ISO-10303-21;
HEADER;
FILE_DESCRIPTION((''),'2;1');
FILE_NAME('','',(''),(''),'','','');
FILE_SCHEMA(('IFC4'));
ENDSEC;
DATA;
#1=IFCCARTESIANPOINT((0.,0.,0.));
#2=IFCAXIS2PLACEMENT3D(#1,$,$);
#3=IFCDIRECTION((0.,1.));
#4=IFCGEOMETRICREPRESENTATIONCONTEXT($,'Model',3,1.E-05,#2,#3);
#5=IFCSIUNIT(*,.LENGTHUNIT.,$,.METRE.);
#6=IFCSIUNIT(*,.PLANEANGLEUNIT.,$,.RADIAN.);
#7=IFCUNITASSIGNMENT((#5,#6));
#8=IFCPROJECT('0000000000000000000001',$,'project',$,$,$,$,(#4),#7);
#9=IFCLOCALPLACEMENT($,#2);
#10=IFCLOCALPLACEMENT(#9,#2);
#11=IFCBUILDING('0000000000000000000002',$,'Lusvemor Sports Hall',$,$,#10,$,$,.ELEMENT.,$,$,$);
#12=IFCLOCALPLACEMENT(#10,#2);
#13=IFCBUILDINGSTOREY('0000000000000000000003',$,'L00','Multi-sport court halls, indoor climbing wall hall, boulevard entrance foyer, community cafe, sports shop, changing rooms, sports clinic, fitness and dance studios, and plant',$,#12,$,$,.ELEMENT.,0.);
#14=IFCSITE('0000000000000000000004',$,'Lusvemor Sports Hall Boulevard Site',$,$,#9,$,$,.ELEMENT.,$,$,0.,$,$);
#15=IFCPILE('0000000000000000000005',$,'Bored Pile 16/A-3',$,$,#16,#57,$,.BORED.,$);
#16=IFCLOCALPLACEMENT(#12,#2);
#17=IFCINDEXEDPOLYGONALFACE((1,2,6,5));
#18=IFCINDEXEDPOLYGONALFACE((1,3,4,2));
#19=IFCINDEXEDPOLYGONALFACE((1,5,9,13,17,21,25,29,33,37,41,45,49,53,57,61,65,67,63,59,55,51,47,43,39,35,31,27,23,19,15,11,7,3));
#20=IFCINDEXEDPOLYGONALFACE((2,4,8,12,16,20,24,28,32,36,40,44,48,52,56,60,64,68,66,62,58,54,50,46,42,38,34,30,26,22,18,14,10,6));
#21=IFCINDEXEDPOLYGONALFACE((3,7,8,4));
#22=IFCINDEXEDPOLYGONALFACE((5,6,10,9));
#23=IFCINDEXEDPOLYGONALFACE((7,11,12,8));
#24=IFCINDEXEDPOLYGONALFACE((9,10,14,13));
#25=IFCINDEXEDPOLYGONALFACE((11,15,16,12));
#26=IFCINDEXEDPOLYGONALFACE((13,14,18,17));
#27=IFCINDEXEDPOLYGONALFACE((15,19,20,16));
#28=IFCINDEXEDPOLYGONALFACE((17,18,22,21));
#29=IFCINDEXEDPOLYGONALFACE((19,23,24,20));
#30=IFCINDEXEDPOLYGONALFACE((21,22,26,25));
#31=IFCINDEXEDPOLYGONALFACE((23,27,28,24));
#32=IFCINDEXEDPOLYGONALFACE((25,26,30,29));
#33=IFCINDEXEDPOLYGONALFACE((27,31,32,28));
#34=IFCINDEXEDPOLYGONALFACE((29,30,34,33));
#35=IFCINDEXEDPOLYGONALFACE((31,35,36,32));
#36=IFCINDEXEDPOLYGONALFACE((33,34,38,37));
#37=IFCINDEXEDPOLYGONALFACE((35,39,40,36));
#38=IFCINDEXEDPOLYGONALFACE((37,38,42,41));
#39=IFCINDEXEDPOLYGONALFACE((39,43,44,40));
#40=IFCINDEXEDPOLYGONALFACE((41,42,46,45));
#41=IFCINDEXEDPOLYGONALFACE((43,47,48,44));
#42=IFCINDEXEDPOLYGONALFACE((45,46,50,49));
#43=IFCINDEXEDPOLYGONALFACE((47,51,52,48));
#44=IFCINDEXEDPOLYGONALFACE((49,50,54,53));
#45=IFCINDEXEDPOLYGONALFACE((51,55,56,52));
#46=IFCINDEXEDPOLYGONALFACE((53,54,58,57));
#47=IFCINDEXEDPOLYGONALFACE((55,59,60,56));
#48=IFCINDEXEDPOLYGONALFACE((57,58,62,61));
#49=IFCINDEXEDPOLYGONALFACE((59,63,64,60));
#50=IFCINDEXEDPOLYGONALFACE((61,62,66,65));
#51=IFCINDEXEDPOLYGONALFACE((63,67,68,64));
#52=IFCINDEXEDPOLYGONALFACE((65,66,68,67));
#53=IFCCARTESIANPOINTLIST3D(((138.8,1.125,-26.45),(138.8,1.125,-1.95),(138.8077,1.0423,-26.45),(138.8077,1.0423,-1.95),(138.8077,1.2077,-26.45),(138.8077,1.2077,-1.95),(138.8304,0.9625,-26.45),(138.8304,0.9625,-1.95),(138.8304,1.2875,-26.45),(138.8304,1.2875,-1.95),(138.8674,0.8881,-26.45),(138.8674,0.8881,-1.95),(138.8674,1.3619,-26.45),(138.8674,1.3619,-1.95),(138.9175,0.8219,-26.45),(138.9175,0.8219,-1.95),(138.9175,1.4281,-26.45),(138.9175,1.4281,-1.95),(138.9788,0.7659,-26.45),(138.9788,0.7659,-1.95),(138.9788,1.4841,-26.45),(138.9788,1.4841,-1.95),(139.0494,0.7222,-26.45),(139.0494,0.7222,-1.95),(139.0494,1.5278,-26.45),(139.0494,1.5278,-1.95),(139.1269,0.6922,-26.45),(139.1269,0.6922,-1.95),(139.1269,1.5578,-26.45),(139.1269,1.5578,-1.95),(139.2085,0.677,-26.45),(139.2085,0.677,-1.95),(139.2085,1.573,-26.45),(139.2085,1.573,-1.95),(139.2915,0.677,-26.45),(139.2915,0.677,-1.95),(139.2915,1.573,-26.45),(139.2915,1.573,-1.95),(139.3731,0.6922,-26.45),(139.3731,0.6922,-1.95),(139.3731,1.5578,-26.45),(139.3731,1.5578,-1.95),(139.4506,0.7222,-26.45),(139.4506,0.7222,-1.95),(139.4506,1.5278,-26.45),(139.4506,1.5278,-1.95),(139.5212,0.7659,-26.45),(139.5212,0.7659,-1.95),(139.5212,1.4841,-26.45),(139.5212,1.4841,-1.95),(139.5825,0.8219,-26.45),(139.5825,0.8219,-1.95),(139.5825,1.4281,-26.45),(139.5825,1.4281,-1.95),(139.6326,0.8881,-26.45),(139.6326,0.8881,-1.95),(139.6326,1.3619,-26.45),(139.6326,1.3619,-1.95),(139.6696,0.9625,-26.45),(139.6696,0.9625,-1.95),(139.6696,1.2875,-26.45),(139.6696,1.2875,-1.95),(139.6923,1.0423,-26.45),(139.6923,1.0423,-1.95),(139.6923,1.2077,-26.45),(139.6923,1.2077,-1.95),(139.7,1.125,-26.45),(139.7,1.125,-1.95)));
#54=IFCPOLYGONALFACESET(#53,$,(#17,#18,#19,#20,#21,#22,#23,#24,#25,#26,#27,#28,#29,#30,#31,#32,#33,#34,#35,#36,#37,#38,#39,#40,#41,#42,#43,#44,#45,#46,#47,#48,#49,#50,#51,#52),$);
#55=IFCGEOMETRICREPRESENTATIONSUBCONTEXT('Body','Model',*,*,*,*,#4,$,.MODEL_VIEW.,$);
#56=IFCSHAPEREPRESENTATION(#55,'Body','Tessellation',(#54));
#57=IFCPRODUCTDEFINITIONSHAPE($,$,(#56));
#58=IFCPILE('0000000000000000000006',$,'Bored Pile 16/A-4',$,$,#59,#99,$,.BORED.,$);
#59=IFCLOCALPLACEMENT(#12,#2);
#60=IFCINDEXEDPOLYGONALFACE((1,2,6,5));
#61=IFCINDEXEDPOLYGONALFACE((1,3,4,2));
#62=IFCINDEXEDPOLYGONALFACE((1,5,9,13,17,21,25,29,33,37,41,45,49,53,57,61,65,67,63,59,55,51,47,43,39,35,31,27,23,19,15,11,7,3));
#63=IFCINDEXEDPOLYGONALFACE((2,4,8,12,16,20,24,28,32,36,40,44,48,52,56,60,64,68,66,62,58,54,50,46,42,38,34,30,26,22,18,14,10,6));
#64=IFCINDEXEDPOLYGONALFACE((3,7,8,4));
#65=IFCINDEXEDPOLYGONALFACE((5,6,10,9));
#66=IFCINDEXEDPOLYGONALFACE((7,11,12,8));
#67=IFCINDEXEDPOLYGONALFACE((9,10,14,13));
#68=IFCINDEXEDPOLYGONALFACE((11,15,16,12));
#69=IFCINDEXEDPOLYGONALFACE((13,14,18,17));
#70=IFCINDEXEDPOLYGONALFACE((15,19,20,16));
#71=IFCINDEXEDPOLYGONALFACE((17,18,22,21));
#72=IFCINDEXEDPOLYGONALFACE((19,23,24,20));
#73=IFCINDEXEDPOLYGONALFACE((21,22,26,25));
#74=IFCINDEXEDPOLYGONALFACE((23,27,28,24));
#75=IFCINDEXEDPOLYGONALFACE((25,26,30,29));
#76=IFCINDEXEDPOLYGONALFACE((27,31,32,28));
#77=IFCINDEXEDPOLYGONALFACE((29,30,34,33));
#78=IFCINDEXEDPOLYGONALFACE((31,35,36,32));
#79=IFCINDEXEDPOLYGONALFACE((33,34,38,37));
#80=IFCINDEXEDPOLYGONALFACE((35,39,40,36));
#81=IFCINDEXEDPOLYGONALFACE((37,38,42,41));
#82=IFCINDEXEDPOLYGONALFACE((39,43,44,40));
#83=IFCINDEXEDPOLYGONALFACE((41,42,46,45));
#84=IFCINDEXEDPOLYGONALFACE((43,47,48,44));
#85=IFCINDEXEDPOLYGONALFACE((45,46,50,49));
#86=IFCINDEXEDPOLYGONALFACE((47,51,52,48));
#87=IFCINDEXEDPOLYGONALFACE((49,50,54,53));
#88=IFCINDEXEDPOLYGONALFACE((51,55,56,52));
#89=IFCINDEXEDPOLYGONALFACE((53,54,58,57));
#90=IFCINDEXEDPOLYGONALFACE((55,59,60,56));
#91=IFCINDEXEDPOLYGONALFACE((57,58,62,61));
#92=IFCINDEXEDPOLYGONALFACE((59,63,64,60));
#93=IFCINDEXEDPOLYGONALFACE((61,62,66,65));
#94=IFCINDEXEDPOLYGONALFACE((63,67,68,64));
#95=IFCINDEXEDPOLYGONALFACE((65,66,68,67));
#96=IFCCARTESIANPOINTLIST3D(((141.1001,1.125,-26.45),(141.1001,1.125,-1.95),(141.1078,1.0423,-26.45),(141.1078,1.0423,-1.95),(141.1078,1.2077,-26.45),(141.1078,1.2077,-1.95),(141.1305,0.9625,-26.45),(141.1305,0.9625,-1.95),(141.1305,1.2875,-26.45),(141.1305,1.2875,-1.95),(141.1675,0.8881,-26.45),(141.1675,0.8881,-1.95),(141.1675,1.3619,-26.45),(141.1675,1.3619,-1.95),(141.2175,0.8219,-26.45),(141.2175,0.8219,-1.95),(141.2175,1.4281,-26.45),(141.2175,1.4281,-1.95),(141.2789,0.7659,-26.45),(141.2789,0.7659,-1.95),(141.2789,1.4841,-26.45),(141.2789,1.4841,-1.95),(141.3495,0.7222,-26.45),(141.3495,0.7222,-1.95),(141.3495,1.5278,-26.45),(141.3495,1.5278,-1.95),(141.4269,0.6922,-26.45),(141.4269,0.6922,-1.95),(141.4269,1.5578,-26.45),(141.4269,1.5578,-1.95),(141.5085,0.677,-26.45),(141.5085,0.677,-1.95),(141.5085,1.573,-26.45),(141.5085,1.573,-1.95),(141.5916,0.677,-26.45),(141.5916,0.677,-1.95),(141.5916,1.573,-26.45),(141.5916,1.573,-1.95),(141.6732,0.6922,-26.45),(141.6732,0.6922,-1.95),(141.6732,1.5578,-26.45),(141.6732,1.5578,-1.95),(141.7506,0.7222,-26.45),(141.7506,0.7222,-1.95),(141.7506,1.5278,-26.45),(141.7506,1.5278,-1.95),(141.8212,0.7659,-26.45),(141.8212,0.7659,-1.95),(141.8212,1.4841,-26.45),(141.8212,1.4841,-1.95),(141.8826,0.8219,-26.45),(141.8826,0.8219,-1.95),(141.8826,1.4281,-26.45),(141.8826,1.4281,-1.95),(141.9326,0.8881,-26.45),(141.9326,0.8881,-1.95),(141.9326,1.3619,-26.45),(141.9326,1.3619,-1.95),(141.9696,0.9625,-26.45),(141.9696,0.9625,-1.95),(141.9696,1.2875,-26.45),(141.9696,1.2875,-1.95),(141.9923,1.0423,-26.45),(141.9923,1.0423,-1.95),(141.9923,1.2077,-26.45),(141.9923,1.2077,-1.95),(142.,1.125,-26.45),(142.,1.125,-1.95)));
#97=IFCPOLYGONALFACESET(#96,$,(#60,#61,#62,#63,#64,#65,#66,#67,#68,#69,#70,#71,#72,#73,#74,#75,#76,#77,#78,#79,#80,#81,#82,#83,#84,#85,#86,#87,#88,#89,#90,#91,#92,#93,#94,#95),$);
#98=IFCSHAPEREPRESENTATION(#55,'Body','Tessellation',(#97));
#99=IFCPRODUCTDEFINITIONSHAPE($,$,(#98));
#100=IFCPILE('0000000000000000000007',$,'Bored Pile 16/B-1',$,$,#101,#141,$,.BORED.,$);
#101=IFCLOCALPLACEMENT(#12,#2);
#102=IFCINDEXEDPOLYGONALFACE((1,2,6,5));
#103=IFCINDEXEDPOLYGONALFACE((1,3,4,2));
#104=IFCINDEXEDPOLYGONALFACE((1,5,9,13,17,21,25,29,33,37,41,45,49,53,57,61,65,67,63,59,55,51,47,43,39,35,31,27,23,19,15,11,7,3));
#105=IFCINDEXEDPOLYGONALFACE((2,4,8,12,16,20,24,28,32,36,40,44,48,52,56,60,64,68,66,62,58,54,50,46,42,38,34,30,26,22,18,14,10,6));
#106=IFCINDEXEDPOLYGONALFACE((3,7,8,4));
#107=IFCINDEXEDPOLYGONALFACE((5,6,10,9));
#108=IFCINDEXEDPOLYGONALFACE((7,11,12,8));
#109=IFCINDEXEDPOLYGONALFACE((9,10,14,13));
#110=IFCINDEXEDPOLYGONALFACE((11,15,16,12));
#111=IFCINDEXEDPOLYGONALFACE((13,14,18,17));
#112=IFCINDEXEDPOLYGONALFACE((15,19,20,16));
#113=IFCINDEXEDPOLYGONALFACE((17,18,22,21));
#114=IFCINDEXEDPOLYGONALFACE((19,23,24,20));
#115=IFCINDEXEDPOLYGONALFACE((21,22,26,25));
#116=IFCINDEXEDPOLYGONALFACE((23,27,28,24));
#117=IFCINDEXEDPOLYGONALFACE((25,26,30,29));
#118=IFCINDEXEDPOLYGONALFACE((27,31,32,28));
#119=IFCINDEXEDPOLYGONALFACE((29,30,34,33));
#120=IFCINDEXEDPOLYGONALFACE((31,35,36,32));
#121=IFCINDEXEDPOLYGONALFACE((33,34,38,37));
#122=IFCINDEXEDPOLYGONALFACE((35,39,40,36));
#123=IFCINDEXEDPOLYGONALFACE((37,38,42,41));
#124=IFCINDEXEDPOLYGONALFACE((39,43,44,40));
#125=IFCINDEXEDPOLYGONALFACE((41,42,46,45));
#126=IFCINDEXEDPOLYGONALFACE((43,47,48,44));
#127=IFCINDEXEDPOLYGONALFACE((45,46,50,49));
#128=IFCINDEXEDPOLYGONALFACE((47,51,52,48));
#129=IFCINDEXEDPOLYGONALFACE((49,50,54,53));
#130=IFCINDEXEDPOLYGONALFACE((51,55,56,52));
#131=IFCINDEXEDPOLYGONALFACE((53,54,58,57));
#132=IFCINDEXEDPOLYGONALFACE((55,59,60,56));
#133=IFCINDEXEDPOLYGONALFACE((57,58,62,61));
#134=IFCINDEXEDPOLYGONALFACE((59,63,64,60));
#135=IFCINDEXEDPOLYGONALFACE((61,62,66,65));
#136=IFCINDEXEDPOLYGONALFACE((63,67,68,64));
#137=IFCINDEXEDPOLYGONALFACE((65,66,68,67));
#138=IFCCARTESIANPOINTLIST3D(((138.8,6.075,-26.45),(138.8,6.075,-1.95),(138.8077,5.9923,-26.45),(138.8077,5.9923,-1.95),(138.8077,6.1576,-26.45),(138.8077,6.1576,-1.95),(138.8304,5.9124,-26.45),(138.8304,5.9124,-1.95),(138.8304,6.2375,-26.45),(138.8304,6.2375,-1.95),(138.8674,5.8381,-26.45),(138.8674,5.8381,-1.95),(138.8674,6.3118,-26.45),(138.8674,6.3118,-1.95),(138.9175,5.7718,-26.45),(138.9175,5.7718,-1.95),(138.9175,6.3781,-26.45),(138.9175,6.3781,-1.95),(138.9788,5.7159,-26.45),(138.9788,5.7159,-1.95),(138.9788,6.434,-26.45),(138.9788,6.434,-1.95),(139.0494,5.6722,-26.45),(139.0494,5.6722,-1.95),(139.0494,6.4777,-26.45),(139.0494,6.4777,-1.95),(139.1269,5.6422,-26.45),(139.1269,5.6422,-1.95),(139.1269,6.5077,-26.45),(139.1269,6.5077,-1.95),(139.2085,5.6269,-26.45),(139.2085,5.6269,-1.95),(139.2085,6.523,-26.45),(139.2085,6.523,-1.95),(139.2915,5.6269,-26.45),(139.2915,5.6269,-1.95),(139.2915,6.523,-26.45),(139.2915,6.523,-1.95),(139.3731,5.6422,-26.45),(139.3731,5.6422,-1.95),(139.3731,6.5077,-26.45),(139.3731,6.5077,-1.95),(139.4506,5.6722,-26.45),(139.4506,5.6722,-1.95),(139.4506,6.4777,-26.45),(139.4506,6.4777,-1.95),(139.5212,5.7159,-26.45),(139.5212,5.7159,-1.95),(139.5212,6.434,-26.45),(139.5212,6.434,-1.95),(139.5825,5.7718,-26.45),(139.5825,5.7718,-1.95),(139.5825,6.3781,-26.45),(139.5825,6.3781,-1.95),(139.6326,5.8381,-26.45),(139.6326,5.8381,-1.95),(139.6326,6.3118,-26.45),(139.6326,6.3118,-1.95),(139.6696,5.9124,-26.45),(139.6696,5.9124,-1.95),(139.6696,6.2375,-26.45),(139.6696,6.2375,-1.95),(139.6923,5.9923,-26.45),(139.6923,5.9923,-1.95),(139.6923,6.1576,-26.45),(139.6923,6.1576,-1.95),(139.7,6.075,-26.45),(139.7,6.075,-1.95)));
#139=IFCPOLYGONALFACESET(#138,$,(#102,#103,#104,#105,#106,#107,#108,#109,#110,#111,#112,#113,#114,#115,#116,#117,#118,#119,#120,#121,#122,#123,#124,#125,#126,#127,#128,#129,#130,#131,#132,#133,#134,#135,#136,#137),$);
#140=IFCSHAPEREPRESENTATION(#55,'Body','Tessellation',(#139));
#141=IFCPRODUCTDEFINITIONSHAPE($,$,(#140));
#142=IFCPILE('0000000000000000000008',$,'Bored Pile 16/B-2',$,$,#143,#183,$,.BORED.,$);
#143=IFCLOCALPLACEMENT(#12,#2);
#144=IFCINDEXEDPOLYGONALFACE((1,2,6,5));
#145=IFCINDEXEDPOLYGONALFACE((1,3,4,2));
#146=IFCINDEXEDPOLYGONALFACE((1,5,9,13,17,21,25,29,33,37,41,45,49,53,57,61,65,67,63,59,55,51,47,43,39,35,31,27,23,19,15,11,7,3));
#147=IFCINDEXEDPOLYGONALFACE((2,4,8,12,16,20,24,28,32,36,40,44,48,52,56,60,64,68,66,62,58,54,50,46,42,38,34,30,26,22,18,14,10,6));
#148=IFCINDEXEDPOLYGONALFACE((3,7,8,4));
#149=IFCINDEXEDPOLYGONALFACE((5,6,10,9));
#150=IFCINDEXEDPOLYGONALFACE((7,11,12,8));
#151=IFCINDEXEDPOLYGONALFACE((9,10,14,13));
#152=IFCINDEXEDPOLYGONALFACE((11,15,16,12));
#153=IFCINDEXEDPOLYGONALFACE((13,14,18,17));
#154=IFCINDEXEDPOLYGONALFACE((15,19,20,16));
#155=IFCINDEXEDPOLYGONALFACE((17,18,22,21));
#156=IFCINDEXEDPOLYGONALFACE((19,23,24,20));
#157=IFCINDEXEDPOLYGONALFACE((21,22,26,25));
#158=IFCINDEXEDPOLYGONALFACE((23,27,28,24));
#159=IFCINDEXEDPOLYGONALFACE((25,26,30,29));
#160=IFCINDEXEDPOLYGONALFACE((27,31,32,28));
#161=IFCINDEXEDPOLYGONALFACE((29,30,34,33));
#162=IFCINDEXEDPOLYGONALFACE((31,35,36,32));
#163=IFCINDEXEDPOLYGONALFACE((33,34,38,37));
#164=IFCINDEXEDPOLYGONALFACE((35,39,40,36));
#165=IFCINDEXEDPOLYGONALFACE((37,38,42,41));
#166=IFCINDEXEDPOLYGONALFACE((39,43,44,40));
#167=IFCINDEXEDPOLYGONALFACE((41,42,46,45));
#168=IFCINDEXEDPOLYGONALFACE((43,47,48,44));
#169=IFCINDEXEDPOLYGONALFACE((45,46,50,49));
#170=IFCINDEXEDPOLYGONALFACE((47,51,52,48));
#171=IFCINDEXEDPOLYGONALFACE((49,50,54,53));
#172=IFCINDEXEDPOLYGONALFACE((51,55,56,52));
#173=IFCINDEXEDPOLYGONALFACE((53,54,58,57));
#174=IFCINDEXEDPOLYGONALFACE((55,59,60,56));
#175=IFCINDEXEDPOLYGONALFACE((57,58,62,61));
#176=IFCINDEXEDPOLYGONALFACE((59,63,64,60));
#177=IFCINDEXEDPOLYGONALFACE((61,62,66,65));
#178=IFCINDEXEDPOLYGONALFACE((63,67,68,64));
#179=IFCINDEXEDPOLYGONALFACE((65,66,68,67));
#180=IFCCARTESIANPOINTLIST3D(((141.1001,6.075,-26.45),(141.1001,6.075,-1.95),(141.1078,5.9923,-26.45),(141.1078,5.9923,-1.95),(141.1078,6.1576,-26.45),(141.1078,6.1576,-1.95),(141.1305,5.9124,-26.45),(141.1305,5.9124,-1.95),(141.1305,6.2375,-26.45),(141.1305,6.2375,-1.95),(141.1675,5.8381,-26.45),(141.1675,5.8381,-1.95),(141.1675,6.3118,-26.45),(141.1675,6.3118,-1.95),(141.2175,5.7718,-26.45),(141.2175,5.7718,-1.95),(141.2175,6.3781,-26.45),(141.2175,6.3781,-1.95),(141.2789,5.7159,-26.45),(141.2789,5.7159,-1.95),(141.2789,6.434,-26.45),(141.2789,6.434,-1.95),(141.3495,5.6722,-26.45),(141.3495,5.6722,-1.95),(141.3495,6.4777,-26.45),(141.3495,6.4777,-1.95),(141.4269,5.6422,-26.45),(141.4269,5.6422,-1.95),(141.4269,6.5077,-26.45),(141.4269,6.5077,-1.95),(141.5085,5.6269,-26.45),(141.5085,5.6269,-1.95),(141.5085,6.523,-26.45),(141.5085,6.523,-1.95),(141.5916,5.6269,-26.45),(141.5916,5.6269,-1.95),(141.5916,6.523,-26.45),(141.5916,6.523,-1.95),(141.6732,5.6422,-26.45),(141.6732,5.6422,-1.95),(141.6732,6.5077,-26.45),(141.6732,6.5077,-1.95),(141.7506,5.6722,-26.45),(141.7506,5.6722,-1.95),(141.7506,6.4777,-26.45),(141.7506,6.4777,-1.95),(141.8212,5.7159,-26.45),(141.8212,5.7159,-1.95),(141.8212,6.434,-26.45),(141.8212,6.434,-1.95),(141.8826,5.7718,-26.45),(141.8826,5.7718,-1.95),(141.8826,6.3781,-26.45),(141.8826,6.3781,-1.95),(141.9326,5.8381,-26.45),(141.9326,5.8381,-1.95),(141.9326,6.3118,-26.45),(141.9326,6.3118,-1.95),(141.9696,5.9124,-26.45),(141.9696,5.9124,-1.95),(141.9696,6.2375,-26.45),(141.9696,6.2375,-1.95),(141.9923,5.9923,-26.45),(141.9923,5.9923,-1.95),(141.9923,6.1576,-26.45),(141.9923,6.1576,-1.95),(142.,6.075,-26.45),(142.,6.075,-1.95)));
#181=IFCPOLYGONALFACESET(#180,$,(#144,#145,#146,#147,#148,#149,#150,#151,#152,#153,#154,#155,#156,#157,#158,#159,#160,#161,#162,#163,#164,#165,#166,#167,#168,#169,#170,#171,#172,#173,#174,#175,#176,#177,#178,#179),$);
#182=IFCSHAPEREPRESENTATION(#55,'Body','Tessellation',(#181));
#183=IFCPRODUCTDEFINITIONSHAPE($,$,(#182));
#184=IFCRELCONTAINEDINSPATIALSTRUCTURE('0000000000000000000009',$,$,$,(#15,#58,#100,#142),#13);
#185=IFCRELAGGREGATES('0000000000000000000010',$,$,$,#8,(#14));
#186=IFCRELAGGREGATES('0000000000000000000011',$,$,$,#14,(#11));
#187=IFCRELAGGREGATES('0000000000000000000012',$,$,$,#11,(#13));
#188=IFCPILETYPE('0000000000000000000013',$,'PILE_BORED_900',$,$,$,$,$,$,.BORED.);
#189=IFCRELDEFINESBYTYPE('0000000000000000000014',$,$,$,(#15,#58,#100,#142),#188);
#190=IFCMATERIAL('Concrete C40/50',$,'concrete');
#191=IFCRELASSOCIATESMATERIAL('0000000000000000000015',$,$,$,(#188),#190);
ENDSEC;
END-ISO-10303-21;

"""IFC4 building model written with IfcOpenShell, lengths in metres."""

from ifc_helpers import new_model, si_unit, direction, frame, origin, origin_2d, place, context, subcontext, project, spatial, circle, extrude, material, material_profile, profile_set, type_object, element, save


model = new_model("IFC4")

# Units and contexts
model_context = context("Model", 3, precision=1e-05, world=origin(), true_north=direction((0.0, 1.0)))
body_context = subcontext(model_context, "Body", "Model", "MODEL_VIEW")
ifc_project = project(units=[si_unit("LENGTHUNIT", "METRE"), si_unit("PLANEANGLEUNIT", "RADIAN")], contexts=[model_context])

# Site, building, storey
site_placement = place(None, origin())
site = spatial("IfcSite", under=ifc_project, at=site_placement, Name="Lusvemor Sports Hall Boulevard Site", CompositionType="ELEMENT", RefElevation=0.0)
building_placement = place(site_placement, origin())
building = spatial("IfcBuilding", under=site, at=building_placement, Name="Lusvemor Sports Hall", CompositionType="ELEMENT")
storey_placement = place(building_placement, origin())
storey = spatial("IfcBuildingStorey", under=building, at=storey_placement, Name="L00", Description="Multi-sport court halls, indoor climbing wall hall, boulevard entrance foyer, community cafe, sports shop, changing rooms, sports clinic, fitness and dance studios, and plant", CompositionType="ELEMENT", Elevation=0.0)

# Piles
ifc_material_1 = material(Name="Concrete C40/50", Category="concrete")
ifc_material_profile_1 = material_profile(ifc_material_1, circle(Radius=0.45, at=origin_2d()), Name="PILE900")
ifc_profile_set_1 = profile_set([ifc_material_profile_1], Name="Concrete C40/50")
pile_type = type_object("IfcPileType", Name="PILE_BORED_900", PredefinedType="BORED", material=ifc_profile_set_1)
for number, where, z_axis, x_axis, name in (
    (1, (139.25, 1.125, -1.95), (0.0, 0.0, -1.0), (1.0, 0.0, 0.0), "Bored Pile 16/A-3"),
    (2, (141.55, 1.125, -1.95), (0.0, 0.0, -1.0), (1.0, 0.0, 0.0), "Bored Pile 16/A-4"),
    (3, (139.25, 6.075, -1.95), (0.0, 0.0, -1.0), (1.0, 0.0, 0.0), "Bored Pile 16/B-1"),
    (4, (141.55, 6.075, -1.95), (0.0, 0.0, -1.0), (1.0, 0.0, 0.0), "Bored Pile 16/B-2"),
):
    element("IfcPile", number, at=place(storey_placement, frame(where, z_axis=z_axis, x_axis=x_axis)), inside=storey, type_object=pile_type, Name=name, PredefinedType="BORED", context=body_context, shape_type="SweptSolid", body=[
        extrude(circle(Radius=0.45, at=origin_2d()), origin(), (0.0, 0.0, 1.0), 24.5),
    ])

save(model, "model.ifc")
